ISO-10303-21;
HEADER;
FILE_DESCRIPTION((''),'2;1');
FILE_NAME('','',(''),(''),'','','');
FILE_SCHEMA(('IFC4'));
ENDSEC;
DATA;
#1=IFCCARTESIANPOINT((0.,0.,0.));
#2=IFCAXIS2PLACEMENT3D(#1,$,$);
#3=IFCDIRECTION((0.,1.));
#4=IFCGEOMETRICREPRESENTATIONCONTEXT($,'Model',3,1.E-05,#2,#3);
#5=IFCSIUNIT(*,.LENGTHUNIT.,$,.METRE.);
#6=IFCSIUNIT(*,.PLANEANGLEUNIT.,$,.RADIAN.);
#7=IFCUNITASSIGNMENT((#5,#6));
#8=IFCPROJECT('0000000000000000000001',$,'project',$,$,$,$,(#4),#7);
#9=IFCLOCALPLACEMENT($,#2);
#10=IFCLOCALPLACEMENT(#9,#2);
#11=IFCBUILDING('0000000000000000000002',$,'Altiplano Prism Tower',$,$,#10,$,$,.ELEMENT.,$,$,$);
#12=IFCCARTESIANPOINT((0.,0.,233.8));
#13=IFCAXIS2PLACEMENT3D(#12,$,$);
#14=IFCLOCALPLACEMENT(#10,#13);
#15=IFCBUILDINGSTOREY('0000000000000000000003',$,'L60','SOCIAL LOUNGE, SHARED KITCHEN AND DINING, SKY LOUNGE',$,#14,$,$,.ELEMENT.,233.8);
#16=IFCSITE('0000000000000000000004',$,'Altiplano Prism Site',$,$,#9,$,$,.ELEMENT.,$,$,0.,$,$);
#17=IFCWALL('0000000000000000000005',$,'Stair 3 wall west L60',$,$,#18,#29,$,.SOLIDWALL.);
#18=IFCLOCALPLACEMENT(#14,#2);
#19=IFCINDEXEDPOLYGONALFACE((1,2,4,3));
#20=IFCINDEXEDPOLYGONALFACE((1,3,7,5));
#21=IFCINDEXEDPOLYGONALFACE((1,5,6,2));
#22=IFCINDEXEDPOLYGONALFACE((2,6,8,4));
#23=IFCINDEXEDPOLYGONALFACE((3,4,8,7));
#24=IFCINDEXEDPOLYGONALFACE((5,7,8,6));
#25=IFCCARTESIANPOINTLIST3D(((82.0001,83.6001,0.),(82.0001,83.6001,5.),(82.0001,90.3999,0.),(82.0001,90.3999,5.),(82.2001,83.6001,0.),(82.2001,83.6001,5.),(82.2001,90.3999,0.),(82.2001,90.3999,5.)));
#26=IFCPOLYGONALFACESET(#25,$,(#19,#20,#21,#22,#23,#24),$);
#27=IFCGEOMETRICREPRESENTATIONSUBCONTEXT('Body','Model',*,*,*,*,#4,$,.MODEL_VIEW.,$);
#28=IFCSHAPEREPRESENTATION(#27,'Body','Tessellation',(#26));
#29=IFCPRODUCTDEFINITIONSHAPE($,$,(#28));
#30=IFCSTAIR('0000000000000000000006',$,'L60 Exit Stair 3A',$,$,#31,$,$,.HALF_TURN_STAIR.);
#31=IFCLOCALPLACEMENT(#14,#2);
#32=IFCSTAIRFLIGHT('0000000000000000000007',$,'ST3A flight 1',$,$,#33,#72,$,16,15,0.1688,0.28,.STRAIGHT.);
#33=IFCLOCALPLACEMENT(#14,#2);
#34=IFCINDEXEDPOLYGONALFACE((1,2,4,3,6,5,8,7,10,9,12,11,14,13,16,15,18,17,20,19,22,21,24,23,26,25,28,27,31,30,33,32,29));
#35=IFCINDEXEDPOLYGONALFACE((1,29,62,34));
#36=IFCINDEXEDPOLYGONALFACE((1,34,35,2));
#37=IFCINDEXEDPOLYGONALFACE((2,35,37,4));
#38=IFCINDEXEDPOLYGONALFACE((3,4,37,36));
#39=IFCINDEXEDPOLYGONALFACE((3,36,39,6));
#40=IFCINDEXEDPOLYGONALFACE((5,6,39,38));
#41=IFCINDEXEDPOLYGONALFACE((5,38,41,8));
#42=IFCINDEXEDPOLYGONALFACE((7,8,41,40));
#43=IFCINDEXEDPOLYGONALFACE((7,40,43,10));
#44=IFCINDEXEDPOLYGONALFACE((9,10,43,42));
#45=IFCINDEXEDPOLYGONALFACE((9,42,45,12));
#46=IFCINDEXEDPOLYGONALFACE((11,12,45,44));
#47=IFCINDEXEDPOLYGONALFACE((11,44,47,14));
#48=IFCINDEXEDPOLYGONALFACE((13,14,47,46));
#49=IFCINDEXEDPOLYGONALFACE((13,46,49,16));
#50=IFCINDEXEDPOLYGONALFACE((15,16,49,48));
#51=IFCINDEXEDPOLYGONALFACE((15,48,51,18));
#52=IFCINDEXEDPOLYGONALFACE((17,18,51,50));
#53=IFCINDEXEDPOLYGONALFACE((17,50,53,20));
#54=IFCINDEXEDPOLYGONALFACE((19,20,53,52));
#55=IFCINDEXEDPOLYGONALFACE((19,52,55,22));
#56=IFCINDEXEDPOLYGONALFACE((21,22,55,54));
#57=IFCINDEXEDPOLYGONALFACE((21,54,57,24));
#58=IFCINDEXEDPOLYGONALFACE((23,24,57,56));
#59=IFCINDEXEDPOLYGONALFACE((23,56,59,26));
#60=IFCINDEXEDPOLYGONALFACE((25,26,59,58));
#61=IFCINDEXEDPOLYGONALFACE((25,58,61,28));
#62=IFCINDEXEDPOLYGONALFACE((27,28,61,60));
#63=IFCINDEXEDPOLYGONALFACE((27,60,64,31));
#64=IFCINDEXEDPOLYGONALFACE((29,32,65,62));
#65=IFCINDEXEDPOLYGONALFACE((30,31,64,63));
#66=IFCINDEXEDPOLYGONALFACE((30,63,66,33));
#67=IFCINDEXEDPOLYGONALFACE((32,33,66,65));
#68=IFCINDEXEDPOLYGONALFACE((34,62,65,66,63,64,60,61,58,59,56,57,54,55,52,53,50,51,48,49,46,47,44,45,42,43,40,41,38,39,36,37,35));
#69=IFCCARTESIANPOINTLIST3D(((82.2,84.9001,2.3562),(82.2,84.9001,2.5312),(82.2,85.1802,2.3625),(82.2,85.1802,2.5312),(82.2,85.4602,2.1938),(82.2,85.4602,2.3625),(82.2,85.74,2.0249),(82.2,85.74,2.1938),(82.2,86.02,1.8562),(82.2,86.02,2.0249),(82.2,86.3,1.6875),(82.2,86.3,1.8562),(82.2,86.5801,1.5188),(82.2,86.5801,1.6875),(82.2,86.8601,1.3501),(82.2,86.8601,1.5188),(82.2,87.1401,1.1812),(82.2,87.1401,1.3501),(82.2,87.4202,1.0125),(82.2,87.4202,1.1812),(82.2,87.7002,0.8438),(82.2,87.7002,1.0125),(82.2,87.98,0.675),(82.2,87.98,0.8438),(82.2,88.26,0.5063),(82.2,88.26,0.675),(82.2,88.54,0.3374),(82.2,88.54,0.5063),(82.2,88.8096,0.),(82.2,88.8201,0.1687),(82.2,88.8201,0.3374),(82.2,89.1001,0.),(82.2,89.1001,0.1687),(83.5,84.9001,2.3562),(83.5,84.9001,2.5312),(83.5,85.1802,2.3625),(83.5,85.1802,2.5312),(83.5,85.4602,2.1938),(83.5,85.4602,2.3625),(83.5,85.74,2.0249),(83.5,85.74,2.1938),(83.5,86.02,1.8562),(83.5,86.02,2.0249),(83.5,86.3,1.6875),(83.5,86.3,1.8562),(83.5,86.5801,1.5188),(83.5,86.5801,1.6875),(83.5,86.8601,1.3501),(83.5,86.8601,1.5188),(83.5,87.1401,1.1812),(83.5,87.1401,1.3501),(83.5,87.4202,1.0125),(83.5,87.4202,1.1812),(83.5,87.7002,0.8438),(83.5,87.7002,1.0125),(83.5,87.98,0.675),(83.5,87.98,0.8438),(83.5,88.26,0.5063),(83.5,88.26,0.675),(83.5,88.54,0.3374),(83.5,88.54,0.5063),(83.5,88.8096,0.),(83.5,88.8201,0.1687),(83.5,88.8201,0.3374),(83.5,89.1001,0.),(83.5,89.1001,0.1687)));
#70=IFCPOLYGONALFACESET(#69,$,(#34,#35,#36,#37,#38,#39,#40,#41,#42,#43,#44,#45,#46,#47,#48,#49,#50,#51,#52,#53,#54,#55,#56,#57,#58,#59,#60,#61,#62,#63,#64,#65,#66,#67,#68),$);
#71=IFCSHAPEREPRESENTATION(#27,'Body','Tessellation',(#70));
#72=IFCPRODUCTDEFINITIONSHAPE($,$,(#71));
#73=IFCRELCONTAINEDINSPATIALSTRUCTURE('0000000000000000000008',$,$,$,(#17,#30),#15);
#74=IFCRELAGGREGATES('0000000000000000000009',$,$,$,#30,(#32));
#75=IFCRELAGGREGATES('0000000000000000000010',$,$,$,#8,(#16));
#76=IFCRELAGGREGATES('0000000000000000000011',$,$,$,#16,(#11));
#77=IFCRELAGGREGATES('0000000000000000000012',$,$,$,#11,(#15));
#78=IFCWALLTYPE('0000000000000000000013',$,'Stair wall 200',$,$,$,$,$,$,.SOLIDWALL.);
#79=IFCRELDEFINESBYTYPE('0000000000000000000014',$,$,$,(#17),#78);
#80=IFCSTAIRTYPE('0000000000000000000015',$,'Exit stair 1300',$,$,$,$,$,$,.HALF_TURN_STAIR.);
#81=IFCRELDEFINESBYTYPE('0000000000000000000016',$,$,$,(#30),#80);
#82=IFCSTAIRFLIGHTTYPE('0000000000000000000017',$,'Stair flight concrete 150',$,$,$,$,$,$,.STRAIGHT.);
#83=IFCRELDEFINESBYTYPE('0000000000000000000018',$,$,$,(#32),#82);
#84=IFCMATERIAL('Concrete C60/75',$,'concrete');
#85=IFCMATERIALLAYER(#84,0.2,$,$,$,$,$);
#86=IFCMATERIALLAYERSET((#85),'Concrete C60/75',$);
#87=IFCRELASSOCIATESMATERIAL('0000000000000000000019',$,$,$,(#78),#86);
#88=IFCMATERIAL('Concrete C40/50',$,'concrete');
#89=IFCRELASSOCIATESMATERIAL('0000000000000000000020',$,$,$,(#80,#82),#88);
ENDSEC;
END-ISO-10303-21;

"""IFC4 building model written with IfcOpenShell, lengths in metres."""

from ifc_helpers import new_model, si_unit, direction, frame, frame_2d, origin, place, context, subcontext, project, spatial, polyline, rectangle, outline, extrude, material, layer, layer_set, type_object, element, aggregate, save


model = new_model("IFC4")

# Units and contexts
model_context = context("Model", 3, precision=1e-05, world=origin(), true_north=direction((0.0, 1.0)))
body_context = subcontext(model_context, "Body", "Model", "MODEL_VIEW")
ifc_project = project(units=[si_unit("LENGTHUNIT", "METRE"), si_unit("PLANEANGLEUNIT", "RADIAN")], contexts=[model_context])

# Site, building, storey
site_placement = place(None, origin())
site = spatial("IfcSite", under=ifc_project, at=site_placement, Name="Altiplano Prism Site", CompositionType="ELEMENT", RefElevation=0.0)
building_placement = place(site_placement, origin())
building = spatial("IfcBuilding", under=site, at=building_placement, Name="Altiplano Prism Tower", CompositionType="ELEMENT")
storey_placement = place(building_placement, frame((0.0, 0.0, 233.8)))
storey = spatial("IfcBuildingStorey", under=building, at=storey_placement, Name="L60", Description="SOCIAL LOUNGE, SHARED KITCHEN AND DINING, SKY LOUNGE", CompositionType="ELEMENT", Elevation=233.8)

# Shared definitions
ifc_material_1 = material(Name="Concrete C60/75", Category="concrete")

# Shared definitions
ifc_layer_1 = layer(ifc_material_1, 0.2)
ifc_layer_set_1 = layer_set([ifc_layer_1], Name="Concrete C60/75")
wall_type_1 = type_object("IfcWallType", Name="Stair wall 200", PredefinedType="SOLIDWALL", material=ifc_layer_set_1)

# Wall
wall_1_placement = place(storey_placement, frame((82.1001, 83.6001, 0.0), z_axis=(0.0, 0.0, 1.0), x_axis=(0.0, 1.0, 0.0)))
element("IfcWall", 1, at=wall_1_placement, inside=storey, type_object=wall_type_1, Name="Stair 3 wall west L60", PredefinedType="SOLIDWALL", context=body_context, shape_type="SweptSolid", body=[
    extrude(rectangle(XDim=6.7998, YDim=0.2, at=frame_2d((3.3999, 0.0))), origin(), (0.0, 0.0, 1.0), 5.0),
])

# Stair, stair flight
ifc_material_2 = material(Name="Concrete C40/50", Category="concrete")
stair_type = type_object("IfcStairType", Name="Exit stair 1300", PredefinedType="HALF_TURN_STAIR", material=ifc_material_2)
stair_placement = place(storey_placement, origin())
stair = element("IfcStair", 2, at=stair_placement, inside=storey, type_object=stair_type, Name="L60 Exit Stair 3A", PredefinedType="HALF_TURN_STAIR")
stair_flight_type = type_object("IfcStairFlightType", Name="Stair flight concrete 150", PredefinedType="STRAIGHT", material=ifc_material_2)
stair_flight_placement = place(storey_placement, frame((82.8501, 89.1001, 0.0), z_axis=(0.0, 0.0, 1.0), x_axis=(0.0, -1.0, 0.0)))
stair_flight = element("IfcStairFlight", 3, at=stair_flight_placement, type_object=stair_flight_type, Name="ST3A flight 1", NumberOfRisers=16, NumberOfTreads=15, PredefinedType="STRAIGHT", RiserHeight=0.1688, TreadLength=0.28, context=body_context, shape_type="SweptSolid", body=[
    extrude(outline(polyline([(0.0, 0.0), (0.0, 0.1687), (0.28, 0.1687), (0.28, 0.3374), (0.5601, 0.3374), (0.5601, 0.5063), (0.8401, 0.5063), (0.8401, 0.675), (1.1201, 0.675), (1.1201, 0.8438), (1.3999, 0.8438), (1.3999, 1.0125), (1.6799, 1.0125), (1.6799, 1.1812), (1.96, 1.1812), (1.96, 1.3501), (2.24, 1.3501), (2.24, 1.5188), (2.52, 1.5188), (2.52, 1.6875), (2.8, 1.6875), (2.8, 1.8562), (3.0801, 1.8562), (3.0801, 2.0249), (3.3601, 2.0249), (3.3601, 2.1938), (3.6399, 2.1938), (3.6399, 2.3625), (3.9199, 2.3625), (3.9199, 2.5312), (4.2, 2.5312), (4.2, 2.7), (4.2, 2.3562), (0.2905, 0.0), (0.0, 0.0)])), frame((0.0, 0.6499, 0.0), z_axis=(0.0, -1.0, 0.0), x_axis=(1.0, 0.0, 0.0)), (0.0, 0.0, 1.0), 1.3),
])
aggregate(stair, [stair_flight])

save(model, "model.ifc")
